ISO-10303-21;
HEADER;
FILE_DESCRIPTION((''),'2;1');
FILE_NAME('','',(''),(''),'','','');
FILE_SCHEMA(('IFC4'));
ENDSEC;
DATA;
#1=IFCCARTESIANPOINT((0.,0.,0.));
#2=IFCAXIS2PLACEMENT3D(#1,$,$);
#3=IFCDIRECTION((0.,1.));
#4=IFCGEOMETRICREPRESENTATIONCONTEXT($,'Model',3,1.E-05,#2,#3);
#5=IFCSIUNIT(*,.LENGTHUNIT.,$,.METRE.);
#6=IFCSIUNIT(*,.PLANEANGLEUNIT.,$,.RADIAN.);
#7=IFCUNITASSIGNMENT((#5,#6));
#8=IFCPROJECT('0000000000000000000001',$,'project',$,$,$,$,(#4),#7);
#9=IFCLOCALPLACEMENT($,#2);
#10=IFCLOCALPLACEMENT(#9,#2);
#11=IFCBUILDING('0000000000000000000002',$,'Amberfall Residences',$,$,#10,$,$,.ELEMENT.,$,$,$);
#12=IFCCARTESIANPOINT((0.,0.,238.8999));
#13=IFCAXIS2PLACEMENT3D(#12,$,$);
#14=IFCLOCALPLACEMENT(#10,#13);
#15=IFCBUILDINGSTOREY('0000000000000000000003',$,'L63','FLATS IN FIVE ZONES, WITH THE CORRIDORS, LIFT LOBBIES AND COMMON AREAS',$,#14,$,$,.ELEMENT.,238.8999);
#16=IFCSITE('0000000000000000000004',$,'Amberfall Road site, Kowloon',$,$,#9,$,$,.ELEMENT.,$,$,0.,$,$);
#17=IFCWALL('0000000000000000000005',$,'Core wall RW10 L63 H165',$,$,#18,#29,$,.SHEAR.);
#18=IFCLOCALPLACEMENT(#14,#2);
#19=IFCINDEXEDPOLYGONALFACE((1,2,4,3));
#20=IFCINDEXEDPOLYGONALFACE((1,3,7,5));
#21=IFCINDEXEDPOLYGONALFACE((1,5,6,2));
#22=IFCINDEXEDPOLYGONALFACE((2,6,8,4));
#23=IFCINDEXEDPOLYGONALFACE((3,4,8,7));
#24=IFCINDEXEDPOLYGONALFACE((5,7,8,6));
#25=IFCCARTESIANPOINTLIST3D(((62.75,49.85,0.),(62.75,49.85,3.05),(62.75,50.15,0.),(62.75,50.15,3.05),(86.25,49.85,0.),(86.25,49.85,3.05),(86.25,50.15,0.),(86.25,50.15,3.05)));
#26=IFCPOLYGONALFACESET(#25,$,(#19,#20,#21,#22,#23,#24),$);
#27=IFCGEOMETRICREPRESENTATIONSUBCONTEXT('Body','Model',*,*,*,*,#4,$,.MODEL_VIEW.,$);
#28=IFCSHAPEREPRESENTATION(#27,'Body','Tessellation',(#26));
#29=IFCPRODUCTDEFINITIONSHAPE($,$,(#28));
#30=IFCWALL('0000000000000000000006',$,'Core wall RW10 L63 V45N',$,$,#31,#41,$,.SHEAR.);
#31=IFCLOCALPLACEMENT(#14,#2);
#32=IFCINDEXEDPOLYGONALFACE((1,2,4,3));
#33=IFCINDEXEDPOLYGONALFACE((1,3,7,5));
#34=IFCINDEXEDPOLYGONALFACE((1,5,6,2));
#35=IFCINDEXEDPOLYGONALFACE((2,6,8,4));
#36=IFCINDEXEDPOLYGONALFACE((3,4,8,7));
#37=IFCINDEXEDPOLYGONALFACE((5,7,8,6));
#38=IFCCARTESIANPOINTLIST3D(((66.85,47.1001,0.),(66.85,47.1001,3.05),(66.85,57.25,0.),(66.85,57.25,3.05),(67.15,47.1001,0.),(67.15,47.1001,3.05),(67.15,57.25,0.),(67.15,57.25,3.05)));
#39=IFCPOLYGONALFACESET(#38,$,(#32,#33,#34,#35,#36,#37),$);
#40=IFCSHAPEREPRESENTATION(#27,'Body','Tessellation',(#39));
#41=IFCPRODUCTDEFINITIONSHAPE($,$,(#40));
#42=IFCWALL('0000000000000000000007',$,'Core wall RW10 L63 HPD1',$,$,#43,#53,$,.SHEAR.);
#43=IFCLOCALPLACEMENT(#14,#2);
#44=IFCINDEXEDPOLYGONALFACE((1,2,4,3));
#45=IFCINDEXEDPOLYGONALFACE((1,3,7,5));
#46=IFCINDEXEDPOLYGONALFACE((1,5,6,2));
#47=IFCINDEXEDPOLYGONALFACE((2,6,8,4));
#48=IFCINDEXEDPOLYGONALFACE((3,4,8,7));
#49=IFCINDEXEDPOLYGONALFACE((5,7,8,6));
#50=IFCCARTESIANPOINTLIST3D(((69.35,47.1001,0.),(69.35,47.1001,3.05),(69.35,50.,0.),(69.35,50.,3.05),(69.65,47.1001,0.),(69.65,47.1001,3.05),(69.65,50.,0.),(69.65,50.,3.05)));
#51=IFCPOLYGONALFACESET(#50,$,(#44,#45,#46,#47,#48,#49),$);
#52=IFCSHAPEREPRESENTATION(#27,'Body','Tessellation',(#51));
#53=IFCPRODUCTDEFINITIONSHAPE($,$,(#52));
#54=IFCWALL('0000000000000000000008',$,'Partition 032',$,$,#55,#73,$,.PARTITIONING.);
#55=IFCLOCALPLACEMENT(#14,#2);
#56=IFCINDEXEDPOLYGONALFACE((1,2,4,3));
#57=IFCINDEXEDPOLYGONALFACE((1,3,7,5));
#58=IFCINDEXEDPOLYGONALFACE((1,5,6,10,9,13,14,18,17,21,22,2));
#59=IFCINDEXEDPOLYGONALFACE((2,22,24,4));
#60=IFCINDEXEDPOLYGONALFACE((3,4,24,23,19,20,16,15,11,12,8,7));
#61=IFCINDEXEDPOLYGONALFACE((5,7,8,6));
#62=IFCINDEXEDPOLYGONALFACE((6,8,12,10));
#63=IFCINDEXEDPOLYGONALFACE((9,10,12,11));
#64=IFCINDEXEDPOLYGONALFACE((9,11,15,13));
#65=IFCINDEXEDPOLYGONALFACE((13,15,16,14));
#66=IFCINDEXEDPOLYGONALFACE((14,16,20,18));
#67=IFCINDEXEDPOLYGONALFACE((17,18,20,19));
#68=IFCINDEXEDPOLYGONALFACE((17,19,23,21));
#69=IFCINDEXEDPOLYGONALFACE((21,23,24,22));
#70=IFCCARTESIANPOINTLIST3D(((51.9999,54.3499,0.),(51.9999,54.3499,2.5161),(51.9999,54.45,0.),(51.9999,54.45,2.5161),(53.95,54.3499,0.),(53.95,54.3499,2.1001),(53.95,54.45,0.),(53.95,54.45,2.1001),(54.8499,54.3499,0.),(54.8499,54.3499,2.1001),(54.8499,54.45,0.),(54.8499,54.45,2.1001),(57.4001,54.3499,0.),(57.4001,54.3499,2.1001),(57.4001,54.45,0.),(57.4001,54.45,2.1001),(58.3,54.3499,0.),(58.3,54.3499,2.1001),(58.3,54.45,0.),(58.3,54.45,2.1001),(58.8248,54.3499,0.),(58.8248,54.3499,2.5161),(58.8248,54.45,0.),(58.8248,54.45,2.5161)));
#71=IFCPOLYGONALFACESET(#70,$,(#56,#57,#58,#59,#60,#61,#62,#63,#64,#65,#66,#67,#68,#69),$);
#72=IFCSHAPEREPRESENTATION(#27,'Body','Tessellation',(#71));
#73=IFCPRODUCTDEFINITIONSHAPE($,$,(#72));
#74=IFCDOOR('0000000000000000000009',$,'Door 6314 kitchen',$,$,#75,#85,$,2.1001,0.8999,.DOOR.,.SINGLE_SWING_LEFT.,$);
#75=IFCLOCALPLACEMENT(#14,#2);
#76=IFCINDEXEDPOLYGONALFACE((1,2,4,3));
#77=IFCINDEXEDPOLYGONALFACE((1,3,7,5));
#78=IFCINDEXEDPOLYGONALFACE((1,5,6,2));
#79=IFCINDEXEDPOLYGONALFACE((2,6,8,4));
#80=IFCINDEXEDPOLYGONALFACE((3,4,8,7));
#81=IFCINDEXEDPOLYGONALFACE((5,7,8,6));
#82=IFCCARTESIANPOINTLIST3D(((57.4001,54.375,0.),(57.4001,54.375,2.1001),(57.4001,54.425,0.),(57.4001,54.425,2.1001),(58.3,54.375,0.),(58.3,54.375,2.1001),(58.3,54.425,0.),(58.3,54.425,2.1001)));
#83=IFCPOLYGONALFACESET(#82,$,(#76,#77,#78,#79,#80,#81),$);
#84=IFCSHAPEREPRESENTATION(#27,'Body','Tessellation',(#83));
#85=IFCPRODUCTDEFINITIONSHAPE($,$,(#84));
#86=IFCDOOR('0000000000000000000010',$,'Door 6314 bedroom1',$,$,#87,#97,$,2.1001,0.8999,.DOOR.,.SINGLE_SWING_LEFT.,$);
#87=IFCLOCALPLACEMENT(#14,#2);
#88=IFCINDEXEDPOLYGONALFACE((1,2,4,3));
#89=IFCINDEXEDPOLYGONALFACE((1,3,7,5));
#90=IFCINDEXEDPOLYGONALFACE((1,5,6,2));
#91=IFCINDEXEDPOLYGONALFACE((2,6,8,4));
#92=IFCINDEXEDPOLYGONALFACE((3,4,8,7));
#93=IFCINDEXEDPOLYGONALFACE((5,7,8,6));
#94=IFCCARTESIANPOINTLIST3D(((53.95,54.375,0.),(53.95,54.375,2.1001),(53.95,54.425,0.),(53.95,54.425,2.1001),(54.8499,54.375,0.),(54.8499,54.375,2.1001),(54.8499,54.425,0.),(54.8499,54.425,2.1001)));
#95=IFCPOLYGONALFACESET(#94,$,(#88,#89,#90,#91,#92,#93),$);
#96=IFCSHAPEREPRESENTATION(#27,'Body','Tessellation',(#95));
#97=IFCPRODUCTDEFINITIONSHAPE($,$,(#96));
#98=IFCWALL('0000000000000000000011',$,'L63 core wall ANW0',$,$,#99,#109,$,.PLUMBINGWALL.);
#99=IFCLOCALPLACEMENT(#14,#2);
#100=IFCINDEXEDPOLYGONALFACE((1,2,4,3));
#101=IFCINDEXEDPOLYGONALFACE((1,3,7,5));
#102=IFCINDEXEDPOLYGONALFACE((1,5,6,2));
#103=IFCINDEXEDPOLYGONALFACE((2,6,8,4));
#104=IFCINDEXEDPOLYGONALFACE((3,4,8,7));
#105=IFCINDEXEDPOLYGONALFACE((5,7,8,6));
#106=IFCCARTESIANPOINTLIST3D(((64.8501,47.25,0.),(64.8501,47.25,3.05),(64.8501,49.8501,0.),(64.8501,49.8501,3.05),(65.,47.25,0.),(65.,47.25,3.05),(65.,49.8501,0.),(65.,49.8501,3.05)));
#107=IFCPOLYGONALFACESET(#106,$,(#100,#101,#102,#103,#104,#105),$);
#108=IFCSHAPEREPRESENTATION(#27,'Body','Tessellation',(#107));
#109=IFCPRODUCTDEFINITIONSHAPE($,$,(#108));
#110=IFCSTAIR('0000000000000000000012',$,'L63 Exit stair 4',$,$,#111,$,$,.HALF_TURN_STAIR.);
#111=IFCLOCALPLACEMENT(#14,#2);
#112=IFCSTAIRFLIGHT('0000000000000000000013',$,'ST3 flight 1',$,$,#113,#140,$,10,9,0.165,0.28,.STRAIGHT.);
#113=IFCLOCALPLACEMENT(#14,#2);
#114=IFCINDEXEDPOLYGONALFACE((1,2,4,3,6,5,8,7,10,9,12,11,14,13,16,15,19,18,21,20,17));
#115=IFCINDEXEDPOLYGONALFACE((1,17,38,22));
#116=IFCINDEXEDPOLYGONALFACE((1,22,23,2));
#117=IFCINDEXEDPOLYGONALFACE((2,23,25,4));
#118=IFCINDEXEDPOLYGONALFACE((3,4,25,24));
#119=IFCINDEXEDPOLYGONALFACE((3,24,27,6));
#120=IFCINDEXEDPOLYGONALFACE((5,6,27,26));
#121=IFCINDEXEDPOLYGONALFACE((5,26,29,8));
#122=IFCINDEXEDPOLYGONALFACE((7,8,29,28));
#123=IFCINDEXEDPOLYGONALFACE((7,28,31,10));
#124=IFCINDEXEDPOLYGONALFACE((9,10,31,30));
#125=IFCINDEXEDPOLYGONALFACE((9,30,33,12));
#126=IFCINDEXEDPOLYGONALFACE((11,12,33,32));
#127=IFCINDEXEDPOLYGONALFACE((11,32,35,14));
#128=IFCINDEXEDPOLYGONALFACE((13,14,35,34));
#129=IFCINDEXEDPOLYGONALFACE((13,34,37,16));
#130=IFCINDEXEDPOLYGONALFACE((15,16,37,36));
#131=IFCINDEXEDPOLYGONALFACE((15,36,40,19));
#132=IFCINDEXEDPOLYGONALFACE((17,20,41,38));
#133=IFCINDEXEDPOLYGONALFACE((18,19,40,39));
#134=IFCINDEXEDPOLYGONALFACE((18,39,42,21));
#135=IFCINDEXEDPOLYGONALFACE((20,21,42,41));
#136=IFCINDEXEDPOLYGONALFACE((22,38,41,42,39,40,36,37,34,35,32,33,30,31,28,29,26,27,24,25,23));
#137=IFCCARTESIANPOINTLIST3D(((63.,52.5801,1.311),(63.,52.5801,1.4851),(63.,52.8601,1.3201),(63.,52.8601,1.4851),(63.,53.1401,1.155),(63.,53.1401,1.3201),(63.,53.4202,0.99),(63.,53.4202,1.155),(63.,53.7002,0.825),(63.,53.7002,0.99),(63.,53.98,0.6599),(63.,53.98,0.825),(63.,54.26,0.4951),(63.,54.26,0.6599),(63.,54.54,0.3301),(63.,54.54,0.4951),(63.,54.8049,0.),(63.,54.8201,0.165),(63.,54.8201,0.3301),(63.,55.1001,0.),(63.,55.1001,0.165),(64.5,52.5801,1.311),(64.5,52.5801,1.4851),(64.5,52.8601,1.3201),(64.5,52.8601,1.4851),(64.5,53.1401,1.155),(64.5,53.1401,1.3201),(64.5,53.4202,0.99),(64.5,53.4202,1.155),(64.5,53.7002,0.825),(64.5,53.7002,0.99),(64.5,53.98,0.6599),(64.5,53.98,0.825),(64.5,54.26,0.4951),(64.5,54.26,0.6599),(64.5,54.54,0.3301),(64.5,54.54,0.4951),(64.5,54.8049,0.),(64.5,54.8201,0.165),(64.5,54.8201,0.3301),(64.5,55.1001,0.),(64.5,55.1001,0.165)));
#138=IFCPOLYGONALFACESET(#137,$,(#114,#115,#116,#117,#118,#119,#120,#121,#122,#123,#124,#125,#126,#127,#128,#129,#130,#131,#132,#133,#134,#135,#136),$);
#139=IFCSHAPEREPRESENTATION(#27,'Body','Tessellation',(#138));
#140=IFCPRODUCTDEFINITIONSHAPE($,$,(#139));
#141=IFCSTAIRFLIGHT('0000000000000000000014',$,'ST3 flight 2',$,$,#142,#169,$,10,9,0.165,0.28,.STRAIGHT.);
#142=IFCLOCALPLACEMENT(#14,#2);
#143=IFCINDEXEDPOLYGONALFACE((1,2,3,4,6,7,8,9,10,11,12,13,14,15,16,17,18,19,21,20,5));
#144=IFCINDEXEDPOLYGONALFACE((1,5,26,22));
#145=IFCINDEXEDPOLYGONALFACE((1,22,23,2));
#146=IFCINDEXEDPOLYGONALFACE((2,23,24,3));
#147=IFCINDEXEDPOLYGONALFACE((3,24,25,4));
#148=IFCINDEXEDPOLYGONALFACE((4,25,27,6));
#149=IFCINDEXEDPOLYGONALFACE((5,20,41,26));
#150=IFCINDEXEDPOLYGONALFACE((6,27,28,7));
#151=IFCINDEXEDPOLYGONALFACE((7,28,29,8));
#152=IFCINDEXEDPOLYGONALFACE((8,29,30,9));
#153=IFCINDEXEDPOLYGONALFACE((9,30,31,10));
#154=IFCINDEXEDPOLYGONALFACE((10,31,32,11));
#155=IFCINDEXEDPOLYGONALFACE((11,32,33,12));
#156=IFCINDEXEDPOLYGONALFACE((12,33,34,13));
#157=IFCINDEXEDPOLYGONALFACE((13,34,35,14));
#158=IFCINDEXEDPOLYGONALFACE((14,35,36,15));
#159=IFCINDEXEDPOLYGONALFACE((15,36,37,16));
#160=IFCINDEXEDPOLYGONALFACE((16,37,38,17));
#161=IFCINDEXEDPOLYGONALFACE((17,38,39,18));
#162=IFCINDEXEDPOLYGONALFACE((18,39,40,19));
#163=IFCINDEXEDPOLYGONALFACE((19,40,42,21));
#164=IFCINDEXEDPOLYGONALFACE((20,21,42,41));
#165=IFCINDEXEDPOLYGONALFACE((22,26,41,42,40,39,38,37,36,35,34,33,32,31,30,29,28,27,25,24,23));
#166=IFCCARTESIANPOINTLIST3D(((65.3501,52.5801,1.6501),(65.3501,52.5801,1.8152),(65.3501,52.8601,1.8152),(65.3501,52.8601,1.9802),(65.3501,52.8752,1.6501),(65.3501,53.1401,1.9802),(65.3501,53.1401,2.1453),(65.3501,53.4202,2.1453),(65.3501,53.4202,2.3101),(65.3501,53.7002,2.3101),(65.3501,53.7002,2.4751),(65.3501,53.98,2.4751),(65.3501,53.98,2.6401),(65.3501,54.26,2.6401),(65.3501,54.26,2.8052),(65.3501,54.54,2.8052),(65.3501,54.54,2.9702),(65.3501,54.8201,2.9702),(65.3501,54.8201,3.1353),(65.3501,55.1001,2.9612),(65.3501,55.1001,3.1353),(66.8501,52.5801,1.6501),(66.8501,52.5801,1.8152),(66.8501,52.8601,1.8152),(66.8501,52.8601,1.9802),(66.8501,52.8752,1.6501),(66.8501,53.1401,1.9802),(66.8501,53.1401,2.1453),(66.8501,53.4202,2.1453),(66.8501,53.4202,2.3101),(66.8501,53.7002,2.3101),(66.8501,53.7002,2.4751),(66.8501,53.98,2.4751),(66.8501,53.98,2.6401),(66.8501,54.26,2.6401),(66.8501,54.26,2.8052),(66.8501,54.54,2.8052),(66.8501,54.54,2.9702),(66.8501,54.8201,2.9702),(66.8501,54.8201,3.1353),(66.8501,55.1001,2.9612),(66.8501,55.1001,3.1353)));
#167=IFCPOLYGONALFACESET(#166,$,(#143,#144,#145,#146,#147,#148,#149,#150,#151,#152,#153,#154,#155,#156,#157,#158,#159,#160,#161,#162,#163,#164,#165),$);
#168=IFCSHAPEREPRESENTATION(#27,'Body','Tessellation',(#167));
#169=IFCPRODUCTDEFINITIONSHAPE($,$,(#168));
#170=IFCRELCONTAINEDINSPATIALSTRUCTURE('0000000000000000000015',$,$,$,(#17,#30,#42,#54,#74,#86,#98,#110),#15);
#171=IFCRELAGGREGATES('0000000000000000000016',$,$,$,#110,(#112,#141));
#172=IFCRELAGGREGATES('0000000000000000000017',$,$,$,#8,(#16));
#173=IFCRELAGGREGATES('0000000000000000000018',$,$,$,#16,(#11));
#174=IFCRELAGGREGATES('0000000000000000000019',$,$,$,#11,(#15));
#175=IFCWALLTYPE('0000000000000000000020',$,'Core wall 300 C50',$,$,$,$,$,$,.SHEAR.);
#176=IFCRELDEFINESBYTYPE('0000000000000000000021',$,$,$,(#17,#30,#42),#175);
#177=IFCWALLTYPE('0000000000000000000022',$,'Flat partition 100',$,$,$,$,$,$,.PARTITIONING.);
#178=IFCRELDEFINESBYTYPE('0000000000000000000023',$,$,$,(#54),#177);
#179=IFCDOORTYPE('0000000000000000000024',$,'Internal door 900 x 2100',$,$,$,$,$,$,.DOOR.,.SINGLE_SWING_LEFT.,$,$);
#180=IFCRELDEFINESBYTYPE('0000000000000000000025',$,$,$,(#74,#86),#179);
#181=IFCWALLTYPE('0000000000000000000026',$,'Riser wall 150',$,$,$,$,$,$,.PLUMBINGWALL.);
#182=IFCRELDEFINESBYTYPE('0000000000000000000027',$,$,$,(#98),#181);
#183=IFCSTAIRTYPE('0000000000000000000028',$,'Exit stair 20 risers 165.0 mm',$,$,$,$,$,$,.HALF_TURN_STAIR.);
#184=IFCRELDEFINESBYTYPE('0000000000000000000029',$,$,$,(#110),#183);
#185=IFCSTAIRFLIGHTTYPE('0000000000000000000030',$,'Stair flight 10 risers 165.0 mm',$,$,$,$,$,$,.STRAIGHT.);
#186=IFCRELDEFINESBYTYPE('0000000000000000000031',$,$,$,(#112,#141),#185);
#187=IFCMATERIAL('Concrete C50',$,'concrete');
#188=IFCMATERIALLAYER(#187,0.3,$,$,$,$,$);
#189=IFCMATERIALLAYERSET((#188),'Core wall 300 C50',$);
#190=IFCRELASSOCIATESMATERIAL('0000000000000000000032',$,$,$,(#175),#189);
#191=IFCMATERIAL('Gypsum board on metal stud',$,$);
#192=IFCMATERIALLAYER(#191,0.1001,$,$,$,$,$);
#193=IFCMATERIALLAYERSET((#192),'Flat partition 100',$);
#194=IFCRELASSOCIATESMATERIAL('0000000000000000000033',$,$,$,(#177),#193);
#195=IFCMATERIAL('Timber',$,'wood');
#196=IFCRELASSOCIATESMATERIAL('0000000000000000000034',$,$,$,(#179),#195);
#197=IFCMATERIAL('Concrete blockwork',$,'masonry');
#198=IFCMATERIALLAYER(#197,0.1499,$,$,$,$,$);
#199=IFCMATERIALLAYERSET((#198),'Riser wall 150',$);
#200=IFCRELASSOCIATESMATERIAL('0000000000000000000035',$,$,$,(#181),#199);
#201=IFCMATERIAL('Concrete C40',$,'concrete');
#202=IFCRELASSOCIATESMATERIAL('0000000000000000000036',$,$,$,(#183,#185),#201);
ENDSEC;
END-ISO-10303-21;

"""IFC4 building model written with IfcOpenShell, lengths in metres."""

from ifc_helpers import new_model, si_unit, direction, frame, frame_2d, origin, place, context, subcontext, project, spatial, polyline, rectangle, outline, extrude, material, layer, layer_set, type_object, element, fill, aggregate, save


model = new_model("IFC4")

# Units and contexts
model_context = context("Model", 3, precision=1e-05, world=origin(), true_north=direction((0.0, 1.0)))
body_context = subcontext(model_context, "Body", "Model", "MODEL_VIEW")
ifc_project = project(units=[si_unit("LENGTHUNIT", "METRE"), si_unit("PLANEANGLEUNIT", "RADIAN")], contexts=[model_context])

# Site, building, storey
site_placement = place(None, origin())
site = spatial("IfcSite", under=ifc_project, at=site_placement, Name="Amberfall Road site, Kowloon", CompositionType="ELEMENT", RefElevation=0.0)
building_placement = place(site_placement, origin())
building = spatial("IfcBuilding", under=site, at=building_placement, Name="Amberfall Residences", CompositionType="ELEMENT")
storey_placement = place(building_placement, frame((0.0, 0.0, 238.8999)))
storey = spatial("IfcBuildingStorey", under=building, at=storey_placement, Name="L63", Description="FLATS IN FIVE ZONES, WITH THE CORRIDORS, LIFT LOBBIES AND COMMON AREAS", CompositionType="ELEMENT", Elevation=238.8999)

# Shared definitions
ifc_material_1 = material(Name="Concrete C50", Category="concrete")
ifc_layer_1 = layer(ifc_material_1, 0.3)
ifc_layer_set_1 = layer_set([ifc_layer_1], Name="Core wall 300 C50")
wall_type_1 = type_object("IfcWallType", Name="Core wall 300 C50", PredefinedType="SHEAR", material=ifc_layer_set_1)

# Walls
wall_1_placement = place(storey_placement, frame((62.75, 50.0, 0.0), z_axis=(0.0, 0.0, 1.0), x_axis=(1.0, 0.0, 0.0)))
element("IfcWall", 1, at=wall_1_placement, inside=storey, type_object=wall_type_1, Name="Core wall RW10 L63 H165", PredefinedType="SHEAR", context=body_context, shape_type="SweptSolid", body=[
    extrude(rectangle(XDim=23.5, YDim=0.3, at=frame_2d((11.75, 0.0))), origin(), (0.0, 0.0, 1.0), 3.05),
])
wall_2_placement = place(storey_placement, frame((67.0, 47.1001, 0.0), z_axis=(0.0, 0.0, 1.0), x_axis=(0.0, 1.0, 0.0)))
element("IfcWall", 2, at=wall_2_placement, inside=storey, type_object=wall_type_1, Name="Core wall RW10 L63 V45N", PredefinedType="SHEAR", context=body_context, shape_type="SweptSolid", body=[
    extrude(rectangle(XDim=10.1499, YDim=0.3, at=frame_2d((5.075, 0.0))), origin(), (0.0, 0.0, 1.0), 3.05),
])
wall_3_placement = place(storey_placement, frame((69.5, 47.1001, 0.0), z_axis=(0.0, 0.0, 1.0), x_axis=(0.0, 1.0, 0.0)))
element("IfcWall", 3, at=wall_3_placement, inside=storey, type_object=wall_type_1, Name="Core wall RW10 L63 HPD1", PredefinedType="SHEAR", context=body_context, shape_type="SweptSolid", body=[
    extrude(rectangle(XDim=2.8999, YDim=0.3, at=frame_2d((1.45, 0.0))), origin(), (0.0, 0.0, 1.0), 3.05),
])

# Wall, openings, doors
ifc_material_2 = material(Name="Gypsum board on metal stud")
ifc_layer_2 = layer(ifc_material_2, 0.1001)
ifc_layer_set_2 = layer_set([ifc_layer_2], Name="Flat partition 100")
wall_type_2 = type_object("IfcWallType", Name="Flat partition 100", PredefinedType="PARTITIONING", material=ifc_layer_set_2)
wall_4_placement = place(storey_placement, frame((58.825, 54.3999, 0.0), z_axis=(0.0, 0.0, 1.0), x_axis=(-1.0, 0.0, 0.0)))
wall_4 = element("IfcWall", 4, at=wall_4_placement, inside=storey, type_object=wall_type_2, Name="Partition 032", PredefinedType="PARTITIONING", context=body_context, shape_type="SweptSolid", body=[
    extrude(rectangle(XDim=6.825, YDim=0.1001, at=frame_2d((3.4126, 0.0))), origin(), (0.0, 0.0, 1.0), 2.5161),
])
opening_1_placement = place(wall_4_placement, frame((0.5249, 0.0, 0.0)))
opening_1 = element("IfcOpeningElement", 5, at=opening_1_placement, cuts=wall_4, PredefinedType="OPENING", context=body_context, shape_type="SweptSolid", body=[
    extrude(rectangle(XDim=0.8999, YDim=2.1001, at=frame_2d((0.45, 1.05))), frame((0.0, 0.0601, 0.0), z_axis=(0.0, -1.0, 0.0), x_axis=(1.0, 0.0, 0.0)), (0.0, 0.0, 1.0), 0.1201),
])
opening_2_placement = place(wall_4_placement, frame((3.9751, 0.0, 0.0)))
opening_2 = element("IfcOpeningElement", 6, at=opening_2_placement, cuts=wall_4, PredefinedType="OPENING", context=body_context, shape_type="SweptSolid", body=[
    extrude(rectangle(XDim=0.8999, YDim=2.1001, at=frame_2d((0.45, 1.05))), frame((0.0, 0.0601, 0.0), z_axis=(0.0, -1.0, 0.0), x_axis=(1.0, 0.0, 0.0)), (0.0, 0.0, 1.0), 0.1201),
])
ifc_material_3 = material(Name="Timber", Category="wood")
door_type_1 = type_object("IfcDoorType", Name="Internal door 900 x 2100", OperationType="SINGLE_SWING_LEFT", PredefinedType="DOOR", material=ifc_material_3)
door_1_placement = place(opening_1_placement, origin())
door_1 = element("IfcDoor", 7, at=door_1_placement, inside=storey, type_object=door_type_1, Name="Door 6314 kitchen", OperationType="SINGLE_SWING_LEFT", OverallHeight=2.1001, OverallWidth=0.8999, PredefinedType="DOOR", context=body_context, shape_type="SweptSolid", body=[
    extrude(rectangle(XDim=0.8999, YDim=2.1001, at=frame_2d((0.45, 1.05))), frame((0.0, 0.0249, 0.0), z_axis=(0.0, -1.0, 0.0), x_axis=(1.0, 0.0, 0.0)), (0.0, 0.0, 1.0), 0.05),
])
fill(opening_1, door_1)
door_2_placement = place(opening_2_placement, origin())
door_2 = element("IfcDoor", 8, at=door_2_placement, inside=storey, type_object=door_type_1, Name="Door 6314 bedroom1", OperationType="SINGLE_SWING_LEFT", OverallHeight=2.1001, OverallWidth=0.8999, PredefinedType="DOOR", context=body_context, shape_type="SweptSolid", body=[
    extrude(rectangle(XDim=0.8999, YDim=2.1001, at=frame_2d((0.45, 1.05))), frame((0.0, 0.0249, 0.0), z_axis=(0.0, -1.0, 0.0), x_axis=(1.0, 0.0, 0.0)), (0.0, 0.0, 1.0), 0.05),
])
fill(opening_2, door_2)

# Wall
ifc_material_4 = material(Name="Concrete blockwork", Category="masonry")
ifc_layer_3 = layer(ifc_material_4, 0.1499)
ifc_layer_set_3 = layer_set([ifc_layer_3], Name="Riser wall 150")
wall_type_3 = type_object("IfcWallType", Name="Riser wall 150", PredefinedType="PLUMBINGWALL", material=ifc_layer_set_3)
wall_5_placement = place(storey_placement, frame((64.925, 47.25, 0.0), z_axis=(0.0, 0.0, 1.0), x_axis=(0.0, 1.0, 0.0)))
element("IfcWall", 9, at=wall_5_placement, inside=storey, type_object=wall_type_3, Name="L63 core wall ANW0", PredefinedType="PLUMBINGWALL", context=body_context, shape_type="SweptSolid", body=[
    extrude(rectangle(XDim=2.6001, YDim=0.1499, at=frame_2d((1.3, 0.0))), origin(), (0.0, 0.0, 1.0), 3.05),
])

# Stair, stair flights
ifc_material_5 = material(Name="Concrete C40", Category="concrete")
stair_type = type_object("IfcStairType", Name="Exit stair 20 risers 165.0 mm", PredefinedType="HALF_TURN_STAIR", material=ifc_material_5)
stair_placement = place(storey_placement, origin())
stair = element("IfcStair", 10, at=stair_placement, inside=storey, type_object=stair_type, Name="L63 Exit stair 4", PredefinedType="HALF_TURN_STAIR")
stair_flight_type = type_object("IfcStairFlightType", Name="Stair flight 10 risers 165.0 mm", PredefinedType="STRAIGHT", material=ifc_material_5)
stair_flight_1_placement = place(storey_placement, frame((63.75, 55.1001, 0.0), z_axis=(0.0, 0.0, 1.0), x_axis=(0.0, -1.0, 0.0)))
stair_flight_1 = element("IfcStairFlight", 11, at=stair_flight_1_placement, type_object=stair_flight_type, Name="ST3 flight 1", NumberOfRisers=10, NumberOfTreads=9, PredefinedType="STRAIGHT", RiserHeight=0.165, TreadLength=0.28, context=body_context, shape_type="SweptSolid", body=[
    extrude(outline(polyline([(0.0, 0.0), (0.0, 0.165), (0.28, 0.165), (0.28, 0.3301), (0.5601, 0.3301), (0.5601, 0.4951), (0.8401, 0.4951), (0.8401, 0.6599), (1.1201, 0.6599), (1.1201, 0.825), (1.3999, 0.825), (1.3999, 0.99), (1.6799, 0.99), (1.6799, 1.155), (1.96, 1.155), (1.96, 1.3201), (2.24, 1.3201), (2.24, 1.4851), (2.52, 1.4851), (2.52, 1.6499), (2.52, 1.311), (0.2952, 0.0), (0.0, 0.0)])), frame((0.0, 0.75, 0.0), z_axis=(0.0, -1.0, 0.0), x_axis=(1.0, 0.0, 0.0)), (0.0, 0.0, 1.0), 1.5),
])
stair_flight_2_placement = place(storey_placement, frame((66.1001, 52.5801, 1.6501), z_axis=(0.0, 0.0, 1.0), x_axis=(0.0, 1.0, 0.0)))
stair_flight_2 = element("IfcStairFlight", 12, at=stair_flight_2_placement, type_object=stair_flight_type, Name="ST3 flight 2", NumberOfRisers=10, NumberOfTreads=9, PredefinedType="STRAIGHT", RiserHeight=0.165, TreadLength=0.28, context=body_context, shape_type="SweptSolid", body=[
    extrude(outline(polyline([(0.0, 0.0), (0.0, 0.165), (0.28, 0.165), (0.28, 0.3301), (0.5601, 0.3301), (0.5601, 0.4951), (0.8401, 0.4951), (0.8401, 0.6599), (1.1201, 0.6599), (1.1201, 0.825), (1.3999, 0.825), (1.3999, 0.99), (1.6799, 0.99), (1.6799, 1.155), (1.96, 1.155), (1.96, 1.3201), (2.24, 1.3201), (2.24, 1.4851), (2.52, 1.4851), (2.52, 1.6499), (2.52, 1.311), (0.2952, 0.0), (0.0, 0.0)])), frame((0.0, 0.75, 0.0), z_axis=(0.0, -1.0, 0.0), x_axis=(1.0, 0.0, 0.0)), (0.0, 0.0, 1.0), 1.5),
])
aggregate(stair, [stair_flight_1, stair_flight_2])

save(model, "model.ifc")
